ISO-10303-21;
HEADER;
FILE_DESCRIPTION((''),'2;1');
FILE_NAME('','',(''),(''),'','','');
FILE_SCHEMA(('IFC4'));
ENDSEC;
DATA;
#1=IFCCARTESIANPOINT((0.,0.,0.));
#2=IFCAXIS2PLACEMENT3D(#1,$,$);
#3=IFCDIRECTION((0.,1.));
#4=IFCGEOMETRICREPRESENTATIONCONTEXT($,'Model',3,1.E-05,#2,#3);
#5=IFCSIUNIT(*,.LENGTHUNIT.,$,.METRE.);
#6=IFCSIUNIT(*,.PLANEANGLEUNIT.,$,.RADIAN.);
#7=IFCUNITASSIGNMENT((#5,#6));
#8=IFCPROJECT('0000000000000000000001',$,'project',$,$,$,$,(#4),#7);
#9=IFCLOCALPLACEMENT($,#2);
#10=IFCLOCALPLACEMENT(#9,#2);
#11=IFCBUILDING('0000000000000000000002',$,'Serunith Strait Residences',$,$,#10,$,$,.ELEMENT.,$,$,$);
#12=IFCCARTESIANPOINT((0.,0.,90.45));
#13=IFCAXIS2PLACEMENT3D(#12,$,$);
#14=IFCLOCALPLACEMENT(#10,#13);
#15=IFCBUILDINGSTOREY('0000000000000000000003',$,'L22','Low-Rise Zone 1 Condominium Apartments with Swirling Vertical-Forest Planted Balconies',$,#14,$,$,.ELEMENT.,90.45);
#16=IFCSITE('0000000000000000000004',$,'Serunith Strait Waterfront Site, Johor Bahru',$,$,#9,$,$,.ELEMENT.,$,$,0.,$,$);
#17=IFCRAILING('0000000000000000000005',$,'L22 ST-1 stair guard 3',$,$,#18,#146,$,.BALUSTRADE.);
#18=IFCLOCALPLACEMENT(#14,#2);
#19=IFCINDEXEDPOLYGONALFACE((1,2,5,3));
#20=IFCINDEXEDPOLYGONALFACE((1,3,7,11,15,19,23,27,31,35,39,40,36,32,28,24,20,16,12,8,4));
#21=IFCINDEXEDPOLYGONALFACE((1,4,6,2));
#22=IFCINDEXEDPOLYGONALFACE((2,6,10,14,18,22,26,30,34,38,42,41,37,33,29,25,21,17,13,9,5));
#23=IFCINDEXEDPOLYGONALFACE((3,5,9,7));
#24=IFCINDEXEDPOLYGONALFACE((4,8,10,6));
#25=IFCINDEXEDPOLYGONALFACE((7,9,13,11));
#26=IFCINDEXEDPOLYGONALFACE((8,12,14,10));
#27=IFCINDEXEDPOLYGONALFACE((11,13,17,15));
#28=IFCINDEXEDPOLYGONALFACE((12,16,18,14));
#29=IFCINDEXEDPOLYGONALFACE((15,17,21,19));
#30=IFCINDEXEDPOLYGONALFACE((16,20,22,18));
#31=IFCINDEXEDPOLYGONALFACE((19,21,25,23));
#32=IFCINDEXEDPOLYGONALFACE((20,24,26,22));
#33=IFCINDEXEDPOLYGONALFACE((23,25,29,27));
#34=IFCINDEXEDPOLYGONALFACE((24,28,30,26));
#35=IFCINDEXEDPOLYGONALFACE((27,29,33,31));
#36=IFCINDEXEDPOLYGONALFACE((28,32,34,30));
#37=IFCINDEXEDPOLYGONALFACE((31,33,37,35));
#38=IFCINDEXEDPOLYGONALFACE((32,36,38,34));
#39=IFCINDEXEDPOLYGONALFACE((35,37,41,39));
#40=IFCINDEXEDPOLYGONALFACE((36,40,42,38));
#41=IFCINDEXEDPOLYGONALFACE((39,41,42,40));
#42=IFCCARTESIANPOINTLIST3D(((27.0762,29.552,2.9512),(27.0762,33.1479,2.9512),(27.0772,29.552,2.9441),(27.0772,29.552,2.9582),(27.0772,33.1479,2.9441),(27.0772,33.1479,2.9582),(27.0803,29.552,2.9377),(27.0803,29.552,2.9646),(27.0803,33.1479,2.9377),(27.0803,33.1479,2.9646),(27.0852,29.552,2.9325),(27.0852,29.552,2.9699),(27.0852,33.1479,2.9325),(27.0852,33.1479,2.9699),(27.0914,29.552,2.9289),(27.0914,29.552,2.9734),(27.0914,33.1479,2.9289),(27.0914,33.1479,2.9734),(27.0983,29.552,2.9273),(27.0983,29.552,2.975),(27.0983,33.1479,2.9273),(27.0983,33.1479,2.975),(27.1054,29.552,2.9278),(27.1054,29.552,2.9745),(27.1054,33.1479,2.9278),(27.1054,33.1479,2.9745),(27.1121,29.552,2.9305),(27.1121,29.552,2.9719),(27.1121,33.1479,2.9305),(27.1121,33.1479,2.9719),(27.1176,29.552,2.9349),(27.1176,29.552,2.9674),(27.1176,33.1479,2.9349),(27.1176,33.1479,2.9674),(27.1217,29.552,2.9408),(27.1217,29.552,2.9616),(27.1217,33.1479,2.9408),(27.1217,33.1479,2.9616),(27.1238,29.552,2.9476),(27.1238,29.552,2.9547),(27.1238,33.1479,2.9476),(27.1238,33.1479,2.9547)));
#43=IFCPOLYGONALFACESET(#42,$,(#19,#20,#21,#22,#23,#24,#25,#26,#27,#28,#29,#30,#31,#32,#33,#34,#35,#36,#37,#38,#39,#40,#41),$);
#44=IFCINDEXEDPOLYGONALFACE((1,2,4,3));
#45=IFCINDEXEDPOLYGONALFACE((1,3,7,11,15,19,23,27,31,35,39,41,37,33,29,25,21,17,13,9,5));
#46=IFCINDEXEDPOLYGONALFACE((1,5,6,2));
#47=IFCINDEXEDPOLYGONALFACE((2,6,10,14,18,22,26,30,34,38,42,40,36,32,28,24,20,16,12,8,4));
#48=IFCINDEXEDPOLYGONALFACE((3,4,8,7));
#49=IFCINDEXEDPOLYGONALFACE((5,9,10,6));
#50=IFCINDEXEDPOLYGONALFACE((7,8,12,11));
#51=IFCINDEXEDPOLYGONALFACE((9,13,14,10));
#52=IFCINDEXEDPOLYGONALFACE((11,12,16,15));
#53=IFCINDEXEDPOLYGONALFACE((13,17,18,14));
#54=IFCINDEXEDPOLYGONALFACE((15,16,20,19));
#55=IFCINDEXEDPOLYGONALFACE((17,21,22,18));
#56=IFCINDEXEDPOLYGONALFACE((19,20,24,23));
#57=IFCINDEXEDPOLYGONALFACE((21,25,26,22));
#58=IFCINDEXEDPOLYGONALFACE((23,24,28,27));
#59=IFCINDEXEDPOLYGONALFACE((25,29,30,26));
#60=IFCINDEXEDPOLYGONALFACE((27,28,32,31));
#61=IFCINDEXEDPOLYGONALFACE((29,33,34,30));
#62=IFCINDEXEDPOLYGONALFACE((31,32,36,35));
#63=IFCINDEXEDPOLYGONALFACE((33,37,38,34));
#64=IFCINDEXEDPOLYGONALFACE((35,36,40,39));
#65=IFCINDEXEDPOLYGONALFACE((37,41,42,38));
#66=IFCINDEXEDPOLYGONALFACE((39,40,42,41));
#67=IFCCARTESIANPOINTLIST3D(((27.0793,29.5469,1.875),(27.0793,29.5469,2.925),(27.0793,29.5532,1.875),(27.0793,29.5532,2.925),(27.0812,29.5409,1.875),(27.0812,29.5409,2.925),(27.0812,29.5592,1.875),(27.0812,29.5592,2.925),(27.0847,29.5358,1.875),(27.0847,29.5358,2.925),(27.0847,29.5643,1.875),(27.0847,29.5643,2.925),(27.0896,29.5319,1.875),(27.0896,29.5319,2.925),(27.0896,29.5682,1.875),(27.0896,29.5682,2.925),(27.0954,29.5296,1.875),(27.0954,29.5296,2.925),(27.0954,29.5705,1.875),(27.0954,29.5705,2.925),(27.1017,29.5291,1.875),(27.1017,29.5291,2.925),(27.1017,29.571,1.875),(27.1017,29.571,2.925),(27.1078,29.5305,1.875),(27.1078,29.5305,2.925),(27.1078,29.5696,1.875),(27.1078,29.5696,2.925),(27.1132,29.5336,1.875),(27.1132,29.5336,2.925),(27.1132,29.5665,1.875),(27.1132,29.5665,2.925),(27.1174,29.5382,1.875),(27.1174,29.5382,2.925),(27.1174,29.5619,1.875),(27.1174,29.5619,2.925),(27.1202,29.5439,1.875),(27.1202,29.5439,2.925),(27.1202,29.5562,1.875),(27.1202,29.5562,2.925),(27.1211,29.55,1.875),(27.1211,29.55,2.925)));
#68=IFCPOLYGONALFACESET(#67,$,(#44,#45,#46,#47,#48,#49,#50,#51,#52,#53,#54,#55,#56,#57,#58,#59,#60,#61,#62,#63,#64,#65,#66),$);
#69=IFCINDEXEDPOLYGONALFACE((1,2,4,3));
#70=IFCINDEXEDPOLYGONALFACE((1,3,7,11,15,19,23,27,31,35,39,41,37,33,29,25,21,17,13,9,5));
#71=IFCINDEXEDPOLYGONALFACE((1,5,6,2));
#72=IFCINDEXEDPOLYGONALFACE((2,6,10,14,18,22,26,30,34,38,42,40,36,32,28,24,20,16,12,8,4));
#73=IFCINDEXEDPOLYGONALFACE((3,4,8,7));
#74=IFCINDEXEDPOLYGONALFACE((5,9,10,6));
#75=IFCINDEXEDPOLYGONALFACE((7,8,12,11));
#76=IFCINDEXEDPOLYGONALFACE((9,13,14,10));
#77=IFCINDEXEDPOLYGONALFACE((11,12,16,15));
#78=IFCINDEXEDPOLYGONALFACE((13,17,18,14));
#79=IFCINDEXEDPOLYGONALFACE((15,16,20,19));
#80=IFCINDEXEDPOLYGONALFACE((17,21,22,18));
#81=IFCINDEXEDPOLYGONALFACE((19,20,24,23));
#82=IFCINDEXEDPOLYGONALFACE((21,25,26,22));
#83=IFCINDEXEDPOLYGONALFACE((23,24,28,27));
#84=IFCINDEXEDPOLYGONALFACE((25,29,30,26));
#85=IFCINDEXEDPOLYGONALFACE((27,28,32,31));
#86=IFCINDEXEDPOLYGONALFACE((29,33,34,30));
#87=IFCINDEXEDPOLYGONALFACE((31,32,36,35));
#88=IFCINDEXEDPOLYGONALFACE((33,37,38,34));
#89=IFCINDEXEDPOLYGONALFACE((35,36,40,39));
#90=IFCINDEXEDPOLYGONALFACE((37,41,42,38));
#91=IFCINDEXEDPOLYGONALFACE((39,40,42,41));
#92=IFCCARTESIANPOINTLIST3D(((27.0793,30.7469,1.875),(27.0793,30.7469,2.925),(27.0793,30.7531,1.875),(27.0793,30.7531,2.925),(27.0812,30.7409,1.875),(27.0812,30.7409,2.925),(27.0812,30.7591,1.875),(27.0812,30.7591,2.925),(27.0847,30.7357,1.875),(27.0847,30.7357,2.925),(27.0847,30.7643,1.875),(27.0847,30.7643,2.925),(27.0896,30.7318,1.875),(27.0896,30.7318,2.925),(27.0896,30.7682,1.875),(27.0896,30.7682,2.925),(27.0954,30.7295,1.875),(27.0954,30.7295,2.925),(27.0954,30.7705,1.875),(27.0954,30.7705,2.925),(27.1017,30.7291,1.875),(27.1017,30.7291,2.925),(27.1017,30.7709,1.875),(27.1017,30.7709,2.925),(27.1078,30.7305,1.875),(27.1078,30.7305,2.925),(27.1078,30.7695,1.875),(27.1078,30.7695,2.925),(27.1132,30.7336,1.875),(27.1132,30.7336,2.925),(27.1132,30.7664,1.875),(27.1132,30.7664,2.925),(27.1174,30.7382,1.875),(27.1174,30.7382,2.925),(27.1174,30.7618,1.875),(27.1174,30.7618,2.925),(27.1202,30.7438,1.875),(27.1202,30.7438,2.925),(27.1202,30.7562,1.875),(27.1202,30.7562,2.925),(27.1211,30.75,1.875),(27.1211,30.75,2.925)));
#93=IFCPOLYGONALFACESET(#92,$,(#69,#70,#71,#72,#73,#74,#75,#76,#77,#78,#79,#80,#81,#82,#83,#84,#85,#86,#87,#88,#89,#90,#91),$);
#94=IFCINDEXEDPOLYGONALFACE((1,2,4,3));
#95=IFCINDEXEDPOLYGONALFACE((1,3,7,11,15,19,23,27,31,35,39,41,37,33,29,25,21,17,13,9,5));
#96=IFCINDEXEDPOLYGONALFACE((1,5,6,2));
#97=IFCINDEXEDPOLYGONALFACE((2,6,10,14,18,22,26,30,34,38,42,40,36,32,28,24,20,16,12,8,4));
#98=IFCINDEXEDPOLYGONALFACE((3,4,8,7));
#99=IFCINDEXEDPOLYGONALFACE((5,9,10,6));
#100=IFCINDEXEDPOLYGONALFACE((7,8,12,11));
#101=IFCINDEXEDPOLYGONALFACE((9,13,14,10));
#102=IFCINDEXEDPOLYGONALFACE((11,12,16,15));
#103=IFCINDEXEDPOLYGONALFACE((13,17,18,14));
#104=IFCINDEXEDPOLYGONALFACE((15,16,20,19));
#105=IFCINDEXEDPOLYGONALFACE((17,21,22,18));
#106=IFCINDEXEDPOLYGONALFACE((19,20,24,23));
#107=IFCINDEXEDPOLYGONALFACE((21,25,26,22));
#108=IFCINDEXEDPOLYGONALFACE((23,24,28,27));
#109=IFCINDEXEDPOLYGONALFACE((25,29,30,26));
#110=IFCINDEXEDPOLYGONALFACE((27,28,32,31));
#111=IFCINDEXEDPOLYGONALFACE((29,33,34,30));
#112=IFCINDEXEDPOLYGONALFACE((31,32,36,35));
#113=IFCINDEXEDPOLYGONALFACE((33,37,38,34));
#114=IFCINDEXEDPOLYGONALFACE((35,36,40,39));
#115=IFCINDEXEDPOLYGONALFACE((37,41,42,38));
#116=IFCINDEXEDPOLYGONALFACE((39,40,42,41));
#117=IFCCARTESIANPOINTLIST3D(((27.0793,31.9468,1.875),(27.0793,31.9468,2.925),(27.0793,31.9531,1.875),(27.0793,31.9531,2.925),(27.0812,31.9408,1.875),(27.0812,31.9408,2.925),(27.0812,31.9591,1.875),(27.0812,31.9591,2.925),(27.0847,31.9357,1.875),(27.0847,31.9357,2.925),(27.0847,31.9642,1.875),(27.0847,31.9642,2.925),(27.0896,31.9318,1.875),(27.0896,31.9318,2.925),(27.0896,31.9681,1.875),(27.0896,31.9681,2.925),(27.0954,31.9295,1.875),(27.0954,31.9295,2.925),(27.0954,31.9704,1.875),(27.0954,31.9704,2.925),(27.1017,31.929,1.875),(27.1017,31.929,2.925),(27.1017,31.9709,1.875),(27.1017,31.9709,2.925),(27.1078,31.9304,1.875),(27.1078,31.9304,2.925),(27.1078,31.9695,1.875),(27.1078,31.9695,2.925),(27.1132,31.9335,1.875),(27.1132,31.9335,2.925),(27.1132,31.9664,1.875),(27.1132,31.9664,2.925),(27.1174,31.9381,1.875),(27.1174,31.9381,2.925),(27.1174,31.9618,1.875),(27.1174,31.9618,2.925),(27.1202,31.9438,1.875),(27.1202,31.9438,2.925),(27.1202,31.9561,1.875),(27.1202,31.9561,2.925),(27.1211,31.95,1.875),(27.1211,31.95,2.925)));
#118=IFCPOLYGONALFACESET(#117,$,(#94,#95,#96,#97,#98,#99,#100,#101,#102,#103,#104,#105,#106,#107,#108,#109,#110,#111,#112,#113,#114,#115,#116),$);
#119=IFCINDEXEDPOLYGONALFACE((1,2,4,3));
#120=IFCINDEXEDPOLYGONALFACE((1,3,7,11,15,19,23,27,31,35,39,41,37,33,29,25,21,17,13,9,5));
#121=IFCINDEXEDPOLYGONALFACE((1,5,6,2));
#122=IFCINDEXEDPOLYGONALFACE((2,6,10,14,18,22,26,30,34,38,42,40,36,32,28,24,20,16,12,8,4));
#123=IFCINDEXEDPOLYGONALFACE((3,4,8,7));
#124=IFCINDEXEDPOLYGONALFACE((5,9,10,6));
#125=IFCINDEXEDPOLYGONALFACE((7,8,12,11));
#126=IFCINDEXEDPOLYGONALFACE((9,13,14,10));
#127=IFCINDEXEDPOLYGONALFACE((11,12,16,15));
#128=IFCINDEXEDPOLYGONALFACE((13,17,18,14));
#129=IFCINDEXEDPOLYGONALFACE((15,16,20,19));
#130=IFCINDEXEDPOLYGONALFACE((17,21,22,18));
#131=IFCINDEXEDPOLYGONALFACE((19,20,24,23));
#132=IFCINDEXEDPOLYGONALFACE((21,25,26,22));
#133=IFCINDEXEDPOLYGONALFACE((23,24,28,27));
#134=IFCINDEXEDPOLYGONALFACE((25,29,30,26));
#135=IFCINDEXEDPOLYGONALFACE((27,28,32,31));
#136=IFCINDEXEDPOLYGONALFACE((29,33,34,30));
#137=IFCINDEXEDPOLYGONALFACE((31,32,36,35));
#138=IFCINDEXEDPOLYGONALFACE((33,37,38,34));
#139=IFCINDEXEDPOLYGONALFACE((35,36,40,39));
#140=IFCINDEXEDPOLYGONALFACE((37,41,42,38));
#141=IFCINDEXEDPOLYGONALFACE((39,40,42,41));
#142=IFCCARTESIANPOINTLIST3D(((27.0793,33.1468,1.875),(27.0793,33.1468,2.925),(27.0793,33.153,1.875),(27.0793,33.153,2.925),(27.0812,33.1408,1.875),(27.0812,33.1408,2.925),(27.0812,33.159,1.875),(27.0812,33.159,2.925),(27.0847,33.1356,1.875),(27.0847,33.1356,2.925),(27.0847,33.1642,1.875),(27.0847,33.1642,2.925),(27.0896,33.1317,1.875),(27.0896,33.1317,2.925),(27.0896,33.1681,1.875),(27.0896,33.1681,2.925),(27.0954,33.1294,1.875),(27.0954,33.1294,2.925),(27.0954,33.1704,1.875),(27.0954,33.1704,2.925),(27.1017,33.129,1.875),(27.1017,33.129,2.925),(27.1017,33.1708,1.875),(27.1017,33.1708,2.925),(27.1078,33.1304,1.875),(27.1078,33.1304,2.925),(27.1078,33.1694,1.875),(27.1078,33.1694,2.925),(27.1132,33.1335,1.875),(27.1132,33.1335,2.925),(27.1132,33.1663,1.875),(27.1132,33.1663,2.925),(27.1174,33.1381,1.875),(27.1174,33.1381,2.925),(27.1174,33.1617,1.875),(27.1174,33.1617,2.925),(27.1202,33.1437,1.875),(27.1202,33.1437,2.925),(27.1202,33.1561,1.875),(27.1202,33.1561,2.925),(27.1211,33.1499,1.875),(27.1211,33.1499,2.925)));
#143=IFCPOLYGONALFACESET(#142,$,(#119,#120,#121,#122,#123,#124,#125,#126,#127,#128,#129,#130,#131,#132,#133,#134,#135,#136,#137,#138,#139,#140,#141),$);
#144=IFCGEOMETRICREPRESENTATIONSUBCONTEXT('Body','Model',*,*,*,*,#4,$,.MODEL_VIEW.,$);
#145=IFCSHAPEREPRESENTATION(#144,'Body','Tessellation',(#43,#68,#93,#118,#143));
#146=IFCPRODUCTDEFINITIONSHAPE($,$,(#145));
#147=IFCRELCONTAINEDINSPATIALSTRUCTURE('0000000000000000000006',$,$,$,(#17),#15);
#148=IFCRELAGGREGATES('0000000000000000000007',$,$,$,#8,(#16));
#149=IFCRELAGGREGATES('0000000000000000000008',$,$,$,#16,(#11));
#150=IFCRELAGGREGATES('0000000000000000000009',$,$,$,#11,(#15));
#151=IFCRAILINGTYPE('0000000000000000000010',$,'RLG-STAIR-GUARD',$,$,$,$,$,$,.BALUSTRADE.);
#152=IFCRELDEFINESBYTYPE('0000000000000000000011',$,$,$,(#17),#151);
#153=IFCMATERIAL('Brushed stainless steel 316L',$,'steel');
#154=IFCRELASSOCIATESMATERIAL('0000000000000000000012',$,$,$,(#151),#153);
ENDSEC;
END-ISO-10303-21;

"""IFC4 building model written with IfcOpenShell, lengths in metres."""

from ifc_helpers import new_model, si_unit, direction, frame, origin, origin_2d, place, context, subcontext, project, spatial, circle, extrude, material, type_object, element, save


model = new_model("IFC4")

# Units and contexts
model_context = context("Model", 3, precision=1e-05, world=origin(), true_north=direction((0.0, 1.0)))
body_context = subcontext(model_context, "Body", "Model", "MODEL_VIEW")
ifc_project = project(units=[si_unit("LENGTHUNIT", "METRE"), si_unit("PLANEANGLEUNIT", "RADIAN")], contexts=[model_context])

# Site, building, storey
site_placement = place(None, origin())
site = spatial("IfcSite", under=ifc_project, at=site_placement, Name="Serunith Strait Waterfront Site, Johor Bahru", CompositionType="ELEMENT", RefElevation=0.0)
building_placement = place(site_placement, origin())
building = spatial("IfcBuilding", under=site, at=building_placement, Name="Serunith Strait Residences", CompositionType="ELEMENT")
storey_placement = place(building_placement, frame((0.0, 0.0, 90.45)))
storey = spatial("IfcBuildingStorey", under=building, at=storey_placement, Name="L22", Description="Low-Rise Zone 1 Condominium Apartments with Swirling Vertical-Forest Planted Balconies", CompositionType="ELEMENT", Elevation=90.45)

# Railing
ifc_material_1 = material(Name="Brushed stainless steel 316L", Category="steel")
railing_type_1 = type_object("IfcRailingType", Name="RLG-STAIR-GUARD", PredefinedType="BALUSTRADE", material=ifc_material_1)
for number, where, name in (
    (1, (27.1001, 29.55, 1.875), "L22 ST-1 stair guard 3"),
):
    element("IfcRailing", number, at=place(storey_placement, frame(where)), inside=storey, type_object=railing_type_1, Name=name, PredefinedType="BALUSTRADE", context=body_context, shape_type="SweptSolid", body=[
        extrude(circle(Radius=0.0239, at=origin_2d()), frame((0.0, 0.002, 1.0762), z_axis=(0.0, 1.0, 0.0), x_axis=(-1.0, 0.0, 0.0)), (0.0, 0.0, 1.0), 3.5959),
        extrude(circle(Radius=0.021, at=origin_2d()), origin(), (0.0, 0.0, 1.0), 1.05),
        extrude(circle(Radius=0.021, at=origin_2d()), frame((0.0, 1.2, 0.0)), (0.0, 0.0, 1.0), 1.05),
        extrude(circle(Radius=0.021, at=origin_2d()), frame((0.0, 2.3999, 0.0)), (0.0, 0.0, 1.0), 1.05),
        extrude(circle(Radius=0.021, at=origin_2d()), frame((0.0, 3.5999, 0.0)), (0.0, 0.0, 1.0), 1.05),
    ])

save(model, "model.ifc")
